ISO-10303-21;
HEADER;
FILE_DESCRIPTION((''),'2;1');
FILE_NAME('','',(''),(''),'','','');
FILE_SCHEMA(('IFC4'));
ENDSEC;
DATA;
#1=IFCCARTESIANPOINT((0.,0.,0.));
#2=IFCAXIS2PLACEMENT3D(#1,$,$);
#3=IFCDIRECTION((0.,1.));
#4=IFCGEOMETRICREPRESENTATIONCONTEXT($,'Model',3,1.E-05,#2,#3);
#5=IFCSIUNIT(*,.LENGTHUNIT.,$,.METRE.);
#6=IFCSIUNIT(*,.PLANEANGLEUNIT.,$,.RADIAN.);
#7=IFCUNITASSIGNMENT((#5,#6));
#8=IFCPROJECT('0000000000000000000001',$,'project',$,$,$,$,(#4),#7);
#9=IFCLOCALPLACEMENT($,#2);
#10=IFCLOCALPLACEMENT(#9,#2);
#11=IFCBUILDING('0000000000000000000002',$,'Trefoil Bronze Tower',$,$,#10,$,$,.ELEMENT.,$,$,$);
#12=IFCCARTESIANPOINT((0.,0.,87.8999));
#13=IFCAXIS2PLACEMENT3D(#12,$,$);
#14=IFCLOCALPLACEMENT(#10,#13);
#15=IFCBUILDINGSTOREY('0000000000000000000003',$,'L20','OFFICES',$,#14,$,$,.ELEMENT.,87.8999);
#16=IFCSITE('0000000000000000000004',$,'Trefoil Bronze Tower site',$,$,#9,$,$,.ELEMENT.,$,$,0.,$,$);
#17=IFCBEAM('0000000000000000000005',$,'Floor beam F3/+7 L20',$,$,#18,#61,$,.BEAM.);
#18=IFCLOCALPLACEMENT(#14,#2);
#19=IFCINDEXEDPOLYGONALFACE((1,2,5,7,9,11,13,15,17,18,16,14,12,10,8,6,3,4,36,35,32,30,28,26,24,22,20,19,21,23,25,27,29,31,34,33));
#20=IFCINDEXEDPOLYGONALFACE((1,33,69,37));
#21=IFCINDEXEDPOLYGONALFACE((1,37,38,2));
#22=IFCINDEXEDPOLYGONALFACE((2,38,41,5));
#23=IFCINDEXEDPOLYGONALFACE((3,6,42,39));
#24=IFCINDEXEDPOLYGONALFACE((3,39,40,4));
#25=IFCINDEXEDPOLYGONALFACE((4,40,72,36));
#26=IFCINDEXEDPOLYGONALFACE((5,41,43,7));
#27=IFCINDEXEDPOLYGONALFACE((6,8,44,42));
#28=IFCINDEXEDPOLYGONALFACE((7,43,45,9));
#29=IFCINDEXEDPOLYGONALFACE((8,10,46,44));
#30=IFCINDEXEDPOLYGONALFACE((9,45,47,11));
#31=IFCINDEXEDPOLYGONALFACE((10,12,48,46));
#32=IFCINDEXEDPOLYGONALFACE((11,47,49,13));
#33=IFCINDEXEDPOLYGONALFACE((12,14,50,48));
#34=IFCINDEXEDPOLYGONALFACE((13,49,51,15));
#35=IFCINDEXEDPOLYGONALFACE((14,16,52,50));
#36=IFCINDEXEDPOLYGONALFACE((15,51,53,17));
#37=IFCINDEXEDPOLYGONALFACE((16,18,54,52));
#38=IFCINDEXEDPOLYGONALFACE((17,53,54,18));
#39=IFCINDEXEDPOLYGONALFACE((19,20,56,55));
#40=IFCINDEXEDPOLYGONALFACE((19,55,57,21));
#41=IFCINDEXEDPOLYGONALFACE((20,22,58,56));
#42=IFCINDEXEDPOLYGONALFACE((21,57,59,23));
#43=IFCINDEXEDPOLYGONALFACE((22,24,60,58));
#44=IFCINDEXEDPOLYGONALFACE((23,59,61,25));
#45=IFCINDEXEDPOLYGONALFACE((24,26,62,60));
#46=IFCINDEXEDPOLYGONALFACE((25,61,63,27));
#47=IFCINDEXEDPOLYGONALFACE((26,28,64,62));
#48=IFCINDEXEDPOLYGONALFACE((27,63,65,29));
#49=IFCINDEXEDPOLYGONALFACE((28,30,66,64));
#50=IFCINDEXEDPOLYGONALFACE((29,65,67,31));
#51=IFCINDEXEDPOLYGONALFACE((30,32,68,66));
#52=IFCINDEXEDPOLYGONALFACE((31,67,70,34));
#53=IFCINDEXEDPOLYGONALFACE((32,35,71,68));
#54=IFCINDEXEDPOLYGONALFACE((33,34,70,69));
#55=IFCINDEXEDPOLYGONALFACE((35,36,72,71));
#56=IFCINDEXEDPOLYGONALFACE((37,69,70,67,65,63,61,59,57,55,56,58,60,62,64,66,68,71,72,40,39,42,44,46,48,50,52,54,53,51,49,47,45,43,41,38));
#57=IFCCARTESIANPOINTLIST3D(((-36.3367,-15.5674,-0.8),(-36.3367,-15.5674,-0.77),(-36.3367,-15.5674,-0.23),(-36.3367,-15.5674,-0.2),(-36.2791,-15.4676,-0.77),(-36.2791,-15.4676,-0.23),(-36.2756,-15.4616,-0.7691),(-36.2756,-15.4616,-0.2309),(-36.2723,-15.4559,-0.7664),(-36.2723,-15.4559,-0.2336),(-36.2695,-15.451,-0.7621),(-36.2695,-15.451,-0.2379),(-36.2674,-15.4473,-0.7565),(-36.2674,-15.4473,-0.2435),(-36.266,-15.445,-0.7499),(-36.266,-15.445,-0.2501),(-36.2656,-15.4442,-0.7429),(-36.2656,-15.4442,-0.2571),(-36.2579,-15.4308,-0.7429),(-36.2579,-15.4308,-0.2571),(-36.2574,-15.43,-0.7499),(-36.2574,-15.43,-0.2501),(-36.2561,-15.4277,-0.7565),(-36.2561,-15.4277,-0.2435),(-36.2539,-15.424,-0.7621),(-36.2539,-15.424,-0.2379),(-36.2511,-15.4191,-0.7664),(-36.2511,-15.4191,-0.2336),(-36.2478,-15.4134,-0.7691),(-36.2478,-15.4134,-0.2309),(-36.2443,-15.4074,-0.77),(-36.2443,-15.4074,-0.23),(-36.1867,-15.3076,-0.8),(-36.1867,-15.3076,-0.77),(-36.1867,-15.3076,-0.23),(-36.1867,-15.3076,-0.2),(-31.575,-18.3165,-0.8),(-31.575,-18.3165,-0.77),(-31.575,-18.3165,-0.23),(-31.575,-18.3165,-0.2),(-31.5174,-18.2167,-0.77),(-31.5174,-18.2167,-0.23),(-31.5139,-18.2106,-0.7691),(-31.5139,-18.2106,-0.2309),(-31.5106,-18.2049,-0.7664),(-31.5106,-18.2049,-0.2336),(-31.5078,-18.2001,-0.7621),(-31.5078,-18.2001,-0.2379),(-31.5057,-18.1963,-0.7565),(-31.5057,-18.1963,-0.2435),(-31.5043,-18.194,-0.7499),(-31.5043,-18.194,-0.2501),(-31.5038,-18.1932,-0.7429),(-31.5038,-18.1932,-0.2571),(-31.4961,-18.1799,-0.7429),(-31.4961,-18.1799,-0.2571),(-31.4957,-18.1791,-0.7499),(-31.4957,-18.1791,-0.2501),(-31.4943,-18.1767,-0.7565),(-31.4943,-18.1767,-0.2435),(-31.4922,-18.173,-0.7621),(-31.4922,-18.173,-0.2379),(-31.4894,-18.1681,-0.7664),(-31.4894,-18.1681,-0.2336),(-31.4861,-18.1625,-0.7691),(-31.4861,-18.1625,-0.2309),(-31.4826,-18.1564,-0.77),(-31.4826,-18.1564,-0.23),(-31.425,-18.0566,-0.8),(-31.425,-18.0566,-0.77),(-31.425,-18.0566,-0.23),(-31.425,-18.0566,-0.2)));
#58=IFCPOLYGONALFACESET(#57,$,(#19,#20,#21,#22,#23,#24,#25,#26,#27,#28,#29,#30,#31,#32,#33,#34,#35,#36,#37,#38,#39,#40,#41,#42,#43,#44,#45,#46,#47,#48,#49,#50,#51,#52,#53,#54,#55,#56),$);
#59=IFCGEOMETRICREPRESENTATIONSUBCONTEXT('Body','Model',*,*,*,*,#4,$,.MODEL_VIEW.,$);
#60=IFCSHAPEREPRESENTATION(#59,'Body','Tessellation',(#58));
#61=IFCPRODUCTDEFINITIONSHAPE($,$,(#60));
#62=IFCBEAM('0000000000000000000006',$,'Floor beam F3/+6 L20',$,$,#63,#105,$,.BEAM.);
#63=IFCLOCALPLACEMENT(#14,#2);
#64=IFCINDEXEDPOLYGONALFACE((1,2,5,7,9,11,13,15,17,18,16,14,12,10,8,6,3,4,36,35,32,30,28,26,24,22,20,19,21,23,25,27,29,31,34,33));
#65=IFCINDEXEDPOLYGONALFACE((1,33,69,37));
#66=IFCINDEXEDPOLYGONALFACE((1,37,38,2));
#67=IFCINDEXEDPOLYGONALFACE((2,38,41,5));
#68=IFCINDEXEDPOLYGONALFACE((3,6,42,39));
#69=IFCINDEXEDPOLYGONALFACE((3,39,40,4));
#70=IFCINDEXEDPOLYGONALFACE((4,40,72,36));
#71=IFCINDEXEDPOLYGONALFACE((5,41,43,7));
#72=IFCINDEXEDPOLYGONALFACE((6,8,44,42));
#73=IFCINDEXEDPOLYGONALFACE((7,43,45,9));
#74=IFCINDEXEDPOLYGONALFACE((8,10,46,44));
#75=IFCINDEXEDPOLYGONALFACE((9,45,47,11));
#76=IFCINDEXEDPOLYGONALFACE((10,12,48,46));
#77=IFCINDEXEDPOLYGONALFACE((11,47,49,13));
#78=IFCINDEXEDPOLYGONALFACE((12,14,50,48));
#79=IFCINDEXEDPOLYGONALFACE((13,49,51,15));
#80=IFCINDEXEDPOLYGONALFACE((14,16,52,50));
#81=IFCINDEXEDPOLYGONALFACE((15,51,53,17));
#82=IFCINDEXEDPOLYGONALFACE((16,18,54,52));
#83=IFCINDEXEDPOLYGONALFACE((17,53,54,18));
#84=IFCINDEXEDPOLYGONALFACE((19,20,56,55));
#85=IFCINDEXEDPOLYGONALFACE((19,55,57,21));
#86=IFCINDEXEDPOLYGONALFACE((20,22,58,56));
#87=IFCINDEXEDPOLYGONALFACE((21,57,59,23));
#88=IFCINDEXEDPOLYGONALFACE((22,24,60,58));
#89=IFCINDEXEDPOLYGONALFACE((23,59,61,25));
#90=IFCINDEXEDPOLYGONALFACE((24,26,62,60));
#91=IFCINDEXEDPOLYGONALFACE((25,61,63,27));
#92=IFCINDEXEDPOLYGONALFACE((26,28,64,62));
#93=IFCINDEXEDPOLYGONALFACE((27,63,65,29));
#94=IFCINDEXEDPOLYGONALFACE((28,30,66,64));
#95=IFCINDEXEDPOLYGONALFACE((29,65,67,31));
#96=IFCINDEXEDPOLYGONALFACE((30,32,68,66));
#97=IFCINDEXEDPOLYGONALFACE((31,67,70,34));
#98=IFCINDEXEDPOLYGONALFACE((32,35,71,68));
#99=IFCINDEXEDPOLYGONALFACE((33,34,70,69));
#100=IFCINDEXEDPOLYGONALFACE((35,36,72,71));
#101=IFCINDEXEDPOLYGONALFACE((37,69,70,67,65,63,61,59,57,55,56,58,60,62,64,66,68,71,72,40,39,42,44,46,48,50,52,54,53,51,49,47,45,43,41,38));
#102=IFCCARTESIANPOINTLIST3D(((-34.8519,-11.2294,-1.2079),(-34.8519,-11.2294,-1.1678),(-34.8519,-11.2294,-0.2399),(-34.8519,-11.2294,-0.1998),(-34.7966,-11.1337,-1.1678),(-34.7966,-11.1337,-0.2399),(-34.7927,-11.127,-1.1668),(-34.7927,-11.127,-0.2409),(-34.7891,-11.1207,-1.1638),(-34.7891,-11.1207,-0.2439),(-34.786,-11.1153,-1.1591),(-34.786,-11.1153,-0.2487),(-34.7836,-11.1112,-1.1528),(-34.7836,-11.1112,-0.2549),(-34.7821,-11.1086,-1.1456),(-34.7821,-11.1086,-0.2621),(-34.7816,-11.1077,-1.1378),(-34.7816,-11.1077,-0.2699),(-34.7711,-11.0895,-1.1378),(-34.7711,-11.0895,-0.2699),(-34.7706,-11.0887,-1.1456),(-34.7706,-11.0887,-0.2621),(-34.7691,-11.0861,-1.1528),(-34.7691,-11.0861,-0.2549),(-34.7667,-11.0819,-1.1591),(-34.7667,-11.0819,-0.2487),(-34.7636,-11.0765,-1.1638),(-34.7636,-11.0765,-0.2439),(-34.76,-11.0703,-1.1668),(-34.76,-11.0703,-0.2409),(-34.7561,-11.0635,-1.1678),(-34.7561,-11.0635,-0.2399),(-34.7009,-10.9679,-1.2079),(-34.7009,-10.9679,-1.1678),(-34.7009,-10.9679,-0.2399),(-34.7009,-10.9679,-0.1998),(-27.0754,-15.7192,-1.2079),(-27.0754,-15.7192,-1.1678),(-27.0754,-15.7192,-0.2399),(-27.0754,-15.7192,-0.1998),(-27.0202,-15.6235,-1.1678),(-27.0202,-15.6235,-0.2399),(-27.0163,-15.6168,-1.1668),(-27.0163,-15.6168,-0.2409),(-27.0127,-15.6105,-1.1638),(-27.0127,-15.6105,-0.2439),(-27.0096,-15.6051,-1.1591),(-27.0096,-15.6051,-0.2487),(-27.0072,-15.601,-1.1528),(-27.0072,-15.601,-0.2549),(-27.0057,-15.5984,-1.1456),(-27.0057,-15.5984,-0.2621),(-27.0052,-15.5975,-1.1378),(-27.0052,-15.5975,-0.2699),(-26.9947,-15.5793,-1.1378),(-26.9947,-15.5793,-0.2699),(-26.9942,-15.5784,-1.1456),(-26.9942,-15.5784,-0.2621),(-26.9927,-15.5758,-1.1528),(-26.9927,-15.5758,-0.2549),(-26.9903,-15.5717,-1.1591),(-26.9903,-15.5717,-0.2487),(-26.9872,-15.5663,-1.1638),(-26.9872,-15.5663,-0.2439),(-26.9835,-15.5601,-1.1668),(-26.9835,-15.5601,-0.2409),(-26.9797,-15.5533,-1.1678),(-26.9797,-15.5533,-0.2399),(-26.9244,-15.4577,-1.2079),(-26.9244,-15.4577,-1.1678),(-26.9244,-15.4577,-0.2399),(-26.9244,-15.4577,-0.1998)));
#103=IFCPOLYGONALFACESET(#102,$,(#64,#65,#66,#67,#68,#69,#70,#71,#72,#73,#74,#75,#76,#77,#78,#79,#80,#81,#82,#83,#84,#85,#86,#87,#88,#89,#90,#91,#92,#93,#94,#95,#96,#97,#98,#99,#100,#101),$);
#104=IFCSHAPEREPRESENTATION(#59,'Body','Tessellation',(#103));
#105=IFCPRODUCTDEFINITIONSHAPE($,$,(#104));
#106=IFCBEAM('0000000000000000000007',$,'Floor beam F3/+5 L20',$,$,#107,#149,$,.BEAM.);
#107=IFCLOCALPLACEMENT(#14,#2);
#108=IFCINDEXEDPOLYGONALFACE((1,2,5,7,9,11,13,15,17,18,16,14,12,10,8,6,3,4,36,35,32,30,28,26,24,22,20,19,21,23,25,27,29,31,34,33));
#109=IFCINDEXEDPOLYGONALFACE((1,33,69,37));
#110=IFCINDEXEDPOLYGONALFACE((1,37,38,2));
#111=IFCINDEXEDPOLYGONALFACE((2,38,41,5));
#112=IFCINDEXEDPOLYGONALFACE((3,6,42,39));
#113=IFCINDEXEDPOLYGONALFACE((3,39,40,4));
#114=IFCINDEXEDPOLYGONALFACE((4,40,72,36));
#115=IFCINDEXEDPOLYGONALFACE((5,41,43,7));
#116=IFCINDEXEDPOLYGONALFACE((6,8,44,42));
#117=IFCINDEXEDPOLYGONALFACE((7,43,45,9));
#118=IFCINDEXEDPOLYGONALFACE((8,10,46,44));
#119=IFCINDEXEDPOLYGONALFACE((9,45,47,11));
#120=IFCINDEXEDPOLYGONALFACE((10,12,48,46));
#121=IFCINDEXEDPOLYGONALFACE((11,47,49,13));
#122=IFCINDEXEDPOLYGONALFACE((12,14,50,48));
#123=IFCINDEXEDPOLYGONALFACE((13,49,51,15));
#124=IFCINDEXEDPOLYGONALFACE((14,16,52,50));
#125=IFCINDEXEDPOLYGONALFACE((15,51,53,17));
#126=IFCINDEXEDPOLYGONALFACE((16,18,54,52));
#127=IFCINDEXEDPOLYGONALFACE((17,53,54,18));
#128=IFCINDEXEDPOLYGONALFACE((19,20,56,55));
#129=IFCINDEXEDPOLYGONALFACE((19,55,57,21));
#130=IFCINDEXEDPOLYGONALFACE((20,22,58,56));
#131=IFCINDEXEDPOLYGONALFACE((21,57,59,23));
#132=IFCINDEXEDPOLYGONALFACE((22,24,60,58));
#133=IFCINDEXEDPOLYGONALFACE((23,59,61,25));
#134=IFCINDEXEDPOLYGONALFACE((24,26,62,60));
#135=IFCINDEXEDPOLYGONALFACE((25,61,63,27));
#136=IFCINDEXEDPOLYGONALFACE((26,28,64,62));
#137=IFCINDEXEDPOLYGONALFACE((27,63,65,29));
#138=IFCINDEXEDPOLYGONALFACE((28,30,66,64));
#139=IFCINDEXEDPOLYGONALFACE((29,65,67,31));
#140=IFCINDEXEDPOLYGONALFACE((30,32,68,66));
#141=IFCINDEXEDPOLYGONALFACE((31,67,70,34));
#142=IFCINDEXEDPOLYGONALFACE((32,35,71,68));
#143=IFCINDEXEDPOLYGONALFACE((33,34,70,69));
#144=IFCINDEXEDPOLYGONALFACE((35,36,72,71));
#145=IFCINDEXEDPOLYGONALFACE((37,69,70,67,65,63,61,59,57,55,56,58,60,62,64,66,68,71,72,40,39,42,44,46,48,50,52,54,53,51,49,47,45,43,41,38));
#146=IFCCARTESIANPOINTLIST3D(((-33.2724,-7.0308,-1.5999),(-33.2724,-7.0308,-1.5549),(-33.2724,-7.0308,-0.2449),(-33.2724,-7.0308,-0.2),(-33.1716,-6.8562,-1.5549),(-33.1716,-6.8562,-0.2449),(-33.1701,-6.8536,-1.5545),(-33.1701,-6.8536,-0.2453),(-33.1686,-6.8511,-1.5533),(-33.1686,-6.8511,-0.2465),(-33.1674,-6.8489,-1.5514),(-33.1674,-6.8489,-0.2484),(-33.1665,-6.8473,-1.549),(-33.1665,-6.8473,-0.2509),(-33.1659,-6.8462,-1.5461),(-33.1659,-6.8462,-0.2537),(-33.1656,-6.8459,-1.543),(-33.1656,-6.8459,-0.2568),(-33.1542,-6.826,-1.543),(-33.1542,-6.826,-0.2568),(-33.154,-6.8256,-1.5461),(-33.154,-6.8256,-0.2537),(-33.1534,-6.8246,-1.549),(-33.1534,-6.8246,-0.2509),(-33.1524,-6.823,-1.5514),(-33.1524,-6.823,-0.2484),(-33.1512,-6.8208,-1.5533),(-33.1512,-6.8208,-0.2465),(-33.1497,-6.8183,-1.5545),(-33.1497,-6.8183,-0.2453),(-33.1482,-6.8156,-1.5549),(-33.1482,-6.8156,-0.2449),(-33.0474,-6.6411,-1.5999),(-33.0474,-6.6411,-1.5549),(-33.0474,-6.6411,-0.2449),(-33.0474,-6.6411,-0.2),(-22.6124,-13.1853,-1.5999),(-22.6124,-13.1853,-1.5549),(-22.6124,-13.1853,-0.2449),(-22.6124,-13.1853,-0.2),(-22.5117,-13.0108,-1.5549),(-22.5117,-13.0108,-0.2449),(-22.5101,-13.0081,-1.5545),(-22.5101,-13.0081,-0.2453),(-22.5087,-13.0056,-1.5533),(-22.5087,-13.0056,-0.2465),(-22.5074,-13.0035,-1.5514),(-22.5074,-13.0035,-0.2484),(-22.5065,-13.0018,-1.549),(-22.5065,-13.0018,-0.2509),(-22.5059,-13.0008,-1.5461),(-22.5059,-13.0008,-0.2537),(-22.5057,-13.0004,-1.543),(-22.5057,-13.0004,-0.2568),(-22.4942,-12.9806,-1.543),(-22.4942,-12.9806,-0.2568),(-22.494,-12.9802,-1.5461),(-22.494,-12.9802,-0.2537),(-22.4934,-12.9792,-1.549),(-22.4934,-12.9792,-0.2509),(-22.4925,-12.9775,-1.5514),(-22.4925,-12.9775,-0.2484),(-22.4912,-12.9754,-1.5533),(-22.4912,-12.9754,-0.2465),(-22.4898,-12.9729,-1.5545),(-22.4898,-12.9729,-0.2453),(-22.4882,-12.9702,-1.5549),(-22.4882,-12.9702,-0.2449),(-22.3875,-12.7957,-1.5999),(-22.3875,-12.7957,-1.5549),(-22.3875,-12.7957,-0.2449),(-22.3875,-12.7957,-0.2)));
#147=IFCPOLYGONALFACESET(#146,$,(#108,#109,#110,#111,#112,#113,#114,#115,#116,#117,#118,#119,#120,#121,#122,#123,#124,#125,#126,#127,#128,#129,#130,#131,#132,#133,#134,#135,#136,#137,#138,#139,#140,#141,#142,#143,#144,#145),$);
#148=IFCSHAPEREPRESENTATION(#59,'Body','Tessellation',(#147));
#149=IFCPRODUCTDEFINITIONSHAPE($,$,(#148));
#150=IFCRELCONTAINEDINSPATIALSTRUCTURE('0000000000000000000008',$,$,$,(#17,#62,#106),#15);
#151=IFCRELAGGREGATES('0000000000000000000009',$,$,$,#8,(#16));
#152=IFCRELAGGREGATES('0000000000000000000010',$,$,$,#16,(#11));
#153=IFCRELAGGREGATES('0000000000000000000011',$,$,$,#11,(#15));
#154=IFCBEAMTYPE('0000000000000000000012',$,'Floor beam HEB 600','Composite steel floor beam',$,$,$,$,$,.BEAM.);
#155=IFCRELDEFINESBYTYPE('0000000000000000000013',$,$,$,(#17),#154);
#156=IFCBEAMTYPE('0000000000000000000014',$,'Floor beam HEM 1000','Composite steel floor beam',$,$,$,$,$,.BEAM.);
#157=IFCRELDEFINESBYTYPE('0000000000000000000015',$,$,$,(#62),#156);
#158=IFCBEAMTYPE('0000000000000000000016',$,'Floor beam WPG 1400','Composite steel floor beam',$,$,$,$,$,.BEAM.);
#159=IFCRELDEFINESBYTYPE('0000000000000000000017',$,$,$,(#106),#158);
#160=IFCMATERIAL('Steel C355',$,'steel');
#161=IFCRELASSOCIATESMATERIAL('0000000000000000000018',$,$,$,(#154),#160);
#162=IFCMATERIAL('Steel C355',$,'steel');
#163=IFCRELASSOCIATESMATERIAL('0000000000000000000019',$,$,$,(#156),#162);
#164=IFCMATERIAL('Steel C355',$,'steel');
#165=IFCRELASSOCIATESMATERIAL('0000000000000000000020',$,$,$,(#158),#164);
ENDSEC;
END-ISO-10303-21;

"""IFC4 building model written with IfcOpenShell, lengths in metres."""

from ifc_helpers import new_model, si_unit, direction, frame, origin, origin_2d, place, context, subcontext, project, spatial, i_section, extrude, material, material_profile, profile_set, type_object, element, save


model = new_model("IFC4")

# Units and contexts
model_context = context("Model", 3, precision=1e-05, world=origin(), true_north=direction((0.0, 1.0)))
body_context = subcontext(model_context, "Body", "Model", "MODEL_VIEW")
ifc_project = project(units=[si_unit("LENGTHUNIT", "METRE"), si_unit("PLANEANGLEUNIT", "RADIAN")], contexts=[model_context])

# Site, building, storey
site_placement = place(None, origin())
site = spatial("IfcSite", under=ifc_project, at=site_placement, Name="Trefoil Bronze Tower site", CompositionType="ELEMENT", RefElevation=0.0)
building_placement = place(site_placement, origin())
building = spatial("IfcBuilding", under=site, at=building_placement, Name="Trefoil Bronze Tower", CompositionType="ELEMENT")
storey_placement = place(building_placement, frame((0.0, 0.0, 87.8999)))
storey = spatial("IfcBuildingStorey", under=building, at=storey_placement, Name="L20", Description="OFFICES", CompositionType="ELEMENT", Elevation=87.8999)

# Beams
ifc_material_1 = material(Name="Steel C355", Category="steel")
ifc_material_profile_1 = material_profile(ifc_material_1, i_section(OverallWidth=0.3, OverallDepth=0.6001, WebThickness=0.0154, FlangeThickness=0.03, FilletRadius=0.0271, at=origin_2d()), Name="HEB 600")
ifc_profile_set_1 = profile_set([ifc_material_profile_1], Name="Steel C355")
beam_type_1 = type_object("IfcBeamType", Name="Floor beam HEB 600", Description="Composite steel floor beam", PredefinedType="BEAM", material=ifc_profile_set_1)
beam_1_placement = place(storey_placement, frame((-36.2617, -15.4375, -0.5), z_axis=(0.866038, -0.499979, 0.0), x_axis=(0.499979, 0.866038, 0.0)))
element("IfcBeam", 1, at=beam_1_placement, inside=storey, type_object=beam_type_1, Name="Floor beam F3/+7 L20", PredefinedType="BEAM", context=body_context, shape_type="SweptSolid", body=[
    extrude(i_section(OverallWidth=0.3, OverallDepth=0.6001, WebThickness=0.0154, FlangeThickness=0.03, FilletRadius=0.0271, at=origin_2d()), origin(), (0.0, 0.0, 1.0), 5.4983),
])
ifc_material_2 = material(Name="Steel C355", Category="steel")
ifc_material_profile_2 = material_profile(ifc_material_2, i_section(OverallWidth=0.302, OverallDepth=1.0081, WebThickness=0.021, FlangeThickness=0.04, FilletRadius=0.03, at=origin_2d()), Name="HEM 1000")
ifc_profile_set_2 = profile_set([ifc_material_profile_2], Name="Steel C355")
beam_type_2 = type_object("IfcBeamType", Name="Floor beam HEM 1000", Description="Composite steel floor beam", PredefinedType="BEAM", material=ifc_profile_set_2)
beam_2_placement = place(storey_placement, frame((-34.7764, -11.0986, -0.7039), z_axis=(0.866023, -0.500005, 0.0), x_axis=(0.500005, 0.866023, 0.0)))
element("IfcBeam", 2, at=beam_2_placement, inside=storey, type_object=beam_type_2, Name="Floor beam F3/+6 L20", PredefinedType="BEAM", context=body_context, shape_type="SweptSolid", body=[
    extrude(i_section(OverallWidth=0.302, OverallDepth=1.0081, WebThickness=0.021, FlangeThickness=0.04, FilletRadius=0.03, at=origin_2d()), origin(), (0.0, 0.0, 1.0), 8.9795),
])
ifc_material_3 = material(Name="Steel C355", Category="steel")
ifc_material_profile_3 = material_profile(ifc_material_3, i_section(OverallWidth=0.45, OverallDepth=1.3999, WebThickness=0.0229, FlangeThickness=0.0449, FilletRadius=0.012, at=origin_2d()), Name="WPG 1400")
ifc_profile_set_3 = profile_set([ifc_material_profile_3], Name="Steel C355")
beam_type_3 = type_object("IfcBeamType", Name="Floor beam WPG 1400", Description="Composite steel floor beam", PredefinedType="BEAM", material=ifc_profile_set_3)
beam_3_placement = place(storey_placement, frame((-33.1599, -6.8359, -0.8999), z_axis=(0.866024, -0.500002, 0.0), x_axis=(0.500002, 0.866024, 0.0)))
element("IfcBeam", 3, at=beam_3_placement, inside=storey, type_object=beam_type_3, Name="Floor beam F3/+5 L20", PredefinedType="BEAM", context=body_context, shape_type="SweptSolid", body=[
    extrude(i_section(OverallWidth=0.45, OverallDepth=1.3999, WebThickness=0.0229, FlangeThickness=0.0449, FilletRadius=0.012, at=origin_2d()), origin(), (0.0, 0.0, 1.0), 12.3091),
])

save(model, "model.ifc")
